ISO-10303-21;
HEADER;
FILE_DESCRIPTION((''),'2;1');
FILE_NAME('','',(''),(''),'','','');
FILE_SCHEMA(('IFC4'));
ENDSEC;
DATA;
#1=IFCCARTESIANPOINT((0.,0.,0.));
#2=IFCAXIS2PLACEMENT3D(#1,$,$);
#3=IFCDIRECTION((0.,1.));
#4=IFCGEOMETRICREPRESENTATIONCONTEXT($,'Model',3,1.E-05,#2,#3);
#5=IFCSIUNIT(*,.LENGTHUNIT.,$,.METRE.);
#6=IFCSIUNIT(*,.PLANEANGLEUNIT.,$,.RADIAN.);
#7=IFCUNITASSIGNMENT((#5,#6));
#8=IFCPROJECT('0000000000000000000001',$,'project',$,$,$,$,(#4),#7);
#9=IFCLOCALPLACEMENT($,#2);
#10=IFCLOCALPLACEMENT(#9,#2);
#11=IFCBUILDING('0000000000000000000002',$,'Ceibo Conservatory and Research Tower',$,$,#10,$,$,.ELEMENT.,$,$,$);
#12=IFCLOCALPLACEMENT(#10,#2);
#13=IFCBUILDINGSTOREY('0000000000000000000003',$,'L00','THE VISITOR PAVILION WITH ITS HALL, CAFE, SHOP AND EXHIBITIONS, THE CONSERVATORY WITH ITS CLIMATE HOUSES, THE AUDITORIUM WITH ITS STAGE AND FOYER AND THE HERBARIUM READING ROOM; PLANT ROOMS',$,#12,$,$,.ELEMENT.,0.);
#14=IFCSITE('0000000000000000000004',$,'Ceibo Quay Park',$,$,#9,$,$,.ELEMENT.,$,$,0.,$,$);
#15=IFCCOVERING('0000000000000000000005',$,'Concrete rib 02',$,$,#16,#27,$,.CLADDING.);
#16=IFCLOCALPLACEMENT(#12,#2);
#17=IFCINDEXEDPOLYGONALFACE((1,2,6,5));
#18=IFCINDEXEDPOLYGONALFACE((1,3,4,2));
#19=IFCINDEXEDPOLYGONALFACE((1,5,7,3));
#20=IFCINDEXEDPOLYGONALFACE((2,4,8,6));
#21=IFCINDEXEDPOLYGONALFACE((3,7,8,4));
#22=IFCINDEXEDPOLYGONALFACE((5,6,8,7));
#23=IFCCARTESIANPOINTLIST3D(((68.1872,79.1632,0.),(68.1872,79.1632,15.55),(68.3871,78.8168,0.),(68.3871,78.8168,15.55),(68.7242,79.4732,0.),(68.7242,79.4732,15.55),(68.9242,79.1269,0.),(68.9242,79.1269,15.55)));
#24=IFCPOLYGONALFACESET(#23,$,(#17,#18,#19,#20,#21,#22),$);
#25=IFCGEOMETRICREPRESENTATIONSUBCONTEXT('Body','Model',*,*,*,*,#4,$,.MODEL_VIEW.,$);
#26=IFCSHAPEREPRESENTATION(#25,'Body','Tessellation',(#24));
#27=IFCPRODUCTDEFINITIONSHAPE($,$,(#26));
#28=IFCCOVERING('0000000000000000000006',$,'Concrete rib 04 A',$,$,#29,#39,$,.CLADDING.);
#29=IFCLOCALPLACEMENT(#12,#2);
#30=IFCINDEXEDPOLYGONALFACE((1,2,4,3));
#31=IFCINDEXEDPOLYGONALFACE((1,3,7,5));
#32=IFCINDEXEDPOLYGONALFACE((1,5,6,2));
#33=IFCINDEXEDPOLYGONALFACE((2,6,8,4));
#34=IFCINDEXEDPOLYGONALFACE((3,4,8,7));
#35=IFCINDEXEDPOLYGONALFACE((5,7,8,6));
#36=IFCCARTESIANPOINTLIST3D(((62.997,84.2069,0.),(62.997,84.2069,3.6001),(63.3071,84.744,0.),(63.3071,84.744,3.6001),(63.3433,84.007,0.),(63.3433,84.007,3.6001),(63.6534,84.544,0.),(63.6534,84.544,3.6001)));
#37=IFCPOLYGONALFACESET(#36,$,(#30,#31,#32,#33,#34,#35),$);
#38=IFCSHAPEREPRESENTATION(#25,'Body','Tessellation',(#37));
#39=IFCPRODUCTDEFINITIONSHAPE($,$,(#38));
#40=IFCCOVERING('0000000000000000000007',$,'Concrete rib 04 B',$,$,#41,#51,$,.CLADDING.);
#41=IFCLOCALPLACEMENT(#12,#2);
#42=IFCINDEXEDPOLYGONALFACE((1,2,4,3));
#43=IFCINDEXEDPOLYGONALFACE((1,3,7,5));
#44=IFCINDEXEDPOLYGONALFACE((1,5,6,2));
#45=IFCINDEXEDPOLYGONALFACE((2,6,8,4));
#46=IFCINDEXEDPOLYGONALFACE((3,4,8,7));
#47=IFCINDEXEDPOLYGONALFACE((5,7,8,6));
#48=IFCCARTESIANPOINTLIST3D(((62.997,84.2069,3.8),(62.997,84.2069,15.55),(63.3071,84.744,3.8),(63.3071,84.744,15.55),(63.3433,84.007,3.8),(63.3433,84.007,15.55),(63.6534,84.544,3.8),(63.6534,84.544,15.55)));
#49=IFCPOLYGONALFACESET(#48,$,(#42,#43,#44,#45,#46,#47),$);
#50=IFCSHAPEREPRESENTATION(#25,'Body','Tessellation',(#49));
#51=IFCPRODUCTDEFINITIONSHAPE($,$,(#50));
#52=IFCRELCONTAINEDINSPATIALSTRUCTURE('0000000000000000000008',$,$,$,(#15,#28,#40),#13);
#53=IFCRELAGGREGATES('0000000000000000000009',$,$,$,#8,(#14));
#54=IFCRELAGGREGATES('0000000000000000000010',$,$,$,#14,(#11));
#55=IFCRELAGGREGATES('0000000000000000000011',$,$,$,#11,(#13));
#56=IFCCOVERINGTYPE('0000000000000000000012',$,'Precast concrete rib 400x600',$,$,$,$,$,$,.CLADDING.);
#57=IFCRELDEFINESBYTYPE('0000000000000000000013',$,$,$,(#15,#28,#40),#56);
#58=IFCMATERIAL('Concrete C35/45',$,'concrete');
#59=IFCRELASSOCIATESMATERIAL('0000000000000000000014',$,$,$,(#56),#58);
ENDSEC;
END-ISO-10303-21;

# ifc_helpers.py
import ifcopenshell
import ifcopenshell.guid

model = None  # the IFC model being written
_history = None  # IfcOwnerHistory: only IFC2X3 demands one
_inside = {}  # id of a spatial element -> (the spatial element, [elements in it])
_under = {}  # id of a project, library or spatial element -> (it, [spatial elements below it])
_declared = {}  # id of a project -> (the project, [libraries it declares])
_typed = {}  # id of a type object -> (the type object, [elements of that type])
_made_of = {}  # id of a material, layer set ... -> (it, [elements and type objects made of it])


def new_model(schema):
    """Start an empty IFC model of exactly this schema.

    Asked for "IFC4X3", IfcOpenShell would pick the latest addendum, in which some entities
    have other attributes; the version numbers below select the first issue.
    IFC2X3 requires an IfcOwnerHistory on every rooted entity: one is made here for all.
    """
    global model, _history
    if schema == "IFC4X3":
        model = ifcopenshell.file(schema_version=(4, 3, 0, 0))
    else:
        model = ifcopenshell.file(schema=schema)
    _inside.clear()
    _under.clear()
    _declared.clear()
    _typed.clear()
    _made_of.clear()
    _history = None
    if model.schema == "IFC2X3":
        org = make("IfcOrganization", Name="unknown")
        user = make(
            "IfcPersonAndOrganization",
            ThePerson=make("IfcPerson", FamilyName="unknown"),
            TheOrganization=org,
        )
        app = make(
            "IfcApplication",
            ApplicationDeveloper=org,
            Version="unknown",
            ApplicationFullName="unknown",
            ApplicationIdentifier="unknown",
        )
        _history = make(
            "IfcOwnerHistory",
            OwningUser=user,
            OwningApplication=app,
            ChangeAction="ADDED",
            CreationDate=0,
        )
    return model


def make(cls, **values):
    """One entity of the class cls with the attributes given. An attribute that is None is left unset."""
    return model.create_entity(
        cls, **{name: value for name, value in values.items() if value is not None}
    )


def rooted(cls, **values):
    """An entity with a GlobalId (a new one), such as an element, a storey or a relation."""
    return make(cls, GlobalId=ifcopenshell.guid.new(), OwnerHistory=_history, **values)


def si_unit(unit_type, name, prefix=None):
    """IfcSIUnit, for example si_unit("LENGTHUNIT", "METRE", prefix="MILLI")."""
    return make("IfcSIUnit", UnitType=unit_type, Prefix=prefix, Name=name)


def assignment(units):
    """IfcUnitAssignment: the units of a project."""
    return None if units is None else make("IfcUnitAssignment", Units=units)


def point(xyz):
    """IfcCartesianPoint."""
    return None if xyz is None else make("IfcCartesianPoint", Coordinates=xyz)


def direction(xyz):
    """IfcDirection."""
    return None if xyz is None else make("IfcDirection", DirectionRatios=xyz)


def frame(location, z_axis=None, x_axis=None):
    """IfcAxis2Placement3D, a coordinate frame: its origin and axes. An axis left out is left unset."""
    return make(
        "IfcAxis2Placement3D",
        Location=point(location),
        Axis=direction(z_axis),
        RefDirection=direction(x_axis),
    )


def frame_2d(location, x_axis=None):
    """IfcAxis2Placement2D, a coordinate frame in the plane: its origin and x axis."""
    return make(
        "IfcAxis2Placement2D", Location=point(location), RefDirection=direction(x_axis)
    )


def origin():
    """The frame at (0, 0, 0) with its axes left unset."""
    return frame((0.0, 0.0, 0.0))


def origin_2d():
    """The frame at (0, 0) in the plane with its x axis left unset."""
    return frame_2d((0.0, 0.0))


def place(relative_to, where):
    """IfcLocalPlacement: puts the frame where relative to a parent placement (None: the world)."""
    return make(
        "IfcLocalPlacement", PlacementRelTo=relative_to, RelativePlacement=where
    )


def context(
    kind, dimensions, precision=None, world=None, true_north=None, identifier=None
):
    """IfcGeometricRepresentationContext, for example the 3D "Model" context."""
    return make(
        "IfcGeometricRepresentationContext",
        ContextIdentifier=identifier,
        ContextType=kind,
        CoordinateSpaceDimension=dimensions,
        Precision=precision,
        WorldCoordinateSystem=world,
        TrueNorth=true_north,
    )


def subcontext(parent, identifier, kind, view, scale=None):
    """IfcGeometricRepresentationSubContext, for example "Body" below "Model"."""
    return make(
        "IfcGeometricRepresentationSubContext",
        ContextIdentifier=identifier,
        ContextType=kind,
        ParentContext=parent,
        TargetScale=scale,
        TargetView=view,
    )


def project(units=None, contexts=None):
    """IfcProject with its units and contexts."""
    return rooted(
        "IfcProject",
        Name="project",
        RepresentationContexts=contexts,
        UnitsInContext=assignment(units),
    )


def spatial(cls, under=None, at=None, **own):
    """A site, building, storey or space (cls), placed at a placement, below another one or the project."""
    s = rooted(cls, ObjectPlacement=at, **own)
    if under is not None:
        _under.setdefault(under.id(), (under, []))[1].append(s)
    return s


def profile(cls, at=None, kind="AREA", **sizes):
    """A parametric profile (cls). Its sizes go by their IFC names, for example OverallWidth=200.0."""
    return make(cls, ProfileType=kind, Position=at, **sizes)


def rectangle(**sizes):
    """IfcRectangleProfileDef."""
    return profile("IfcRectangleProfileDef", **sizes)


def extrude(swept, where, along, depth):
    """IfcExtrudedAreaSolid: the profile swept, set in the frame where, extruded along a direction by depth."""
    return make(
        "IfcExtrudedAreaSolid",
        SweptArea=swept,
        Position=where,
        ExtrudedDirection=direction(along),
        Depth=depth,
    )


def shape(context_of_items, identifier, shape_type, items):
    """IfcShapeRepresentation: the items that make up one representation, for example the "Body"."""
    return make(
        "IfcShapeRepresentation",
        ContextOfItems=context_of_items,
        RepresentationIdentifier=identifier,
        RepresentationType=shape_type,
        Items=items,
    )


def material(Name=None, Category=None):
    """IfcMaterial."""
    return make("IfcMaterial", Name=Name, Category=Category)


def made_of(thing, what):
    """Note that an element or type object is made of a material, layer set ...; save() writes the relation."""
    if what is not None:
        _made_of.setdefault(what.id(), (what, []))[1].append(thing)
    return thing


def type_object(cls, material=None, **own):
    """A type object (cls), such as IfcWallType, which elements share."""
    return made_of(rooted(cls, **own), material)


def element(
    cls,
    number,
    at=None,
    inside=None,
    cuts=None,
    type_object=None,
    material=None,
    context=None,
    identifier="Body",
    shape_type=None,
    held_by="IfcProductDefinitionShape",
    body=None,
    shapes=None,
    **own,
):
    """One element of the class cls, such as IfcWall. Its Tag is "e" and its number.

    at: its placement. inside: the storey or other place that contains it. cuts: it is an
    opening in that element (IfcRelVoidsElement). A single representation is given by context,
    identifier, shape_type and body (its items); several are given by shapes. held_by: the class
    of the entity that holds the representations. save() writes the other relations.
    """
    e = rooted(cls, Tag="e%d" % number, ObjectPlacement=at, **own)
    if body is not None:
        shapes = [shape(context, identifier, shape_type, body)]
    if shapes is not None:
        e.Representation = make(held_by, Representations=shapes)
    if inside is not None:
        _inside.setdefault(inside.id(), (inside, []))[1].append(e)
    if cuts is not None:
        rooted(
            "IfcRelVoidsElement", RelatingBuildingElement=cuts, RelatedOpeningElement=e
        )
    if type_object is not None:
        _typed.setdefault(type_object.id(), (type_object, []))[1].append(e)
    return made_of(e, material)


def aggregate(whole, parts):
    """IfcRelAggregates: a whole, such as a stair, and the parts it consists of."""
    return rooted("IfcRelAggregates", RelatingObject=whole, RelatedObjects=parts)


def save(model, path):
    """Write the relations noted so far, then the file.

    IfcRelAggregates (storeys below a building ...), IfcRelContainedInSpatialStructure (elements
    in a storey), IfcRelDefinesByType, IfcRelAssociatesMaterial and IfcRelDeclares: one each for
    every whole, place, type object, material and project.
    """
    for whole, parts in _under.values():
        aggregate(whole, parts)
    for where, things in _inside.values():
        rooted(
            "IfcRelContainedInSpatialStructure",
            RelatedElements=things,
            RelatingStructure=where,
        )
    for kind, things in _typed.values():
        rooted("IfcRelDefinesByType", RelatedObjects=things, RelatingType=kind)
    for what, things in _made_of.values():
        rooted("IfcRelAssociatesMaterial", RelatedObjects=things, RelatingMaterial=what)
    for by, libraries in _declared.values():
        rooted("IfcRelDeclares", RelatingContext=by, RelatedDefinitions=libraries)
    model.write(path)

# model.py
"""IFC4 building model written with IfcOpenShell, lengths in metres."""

from ifc_helpers import new_model, si_unit, direction, frame, origin, origin_2d, place, context, subcontext, project, spatial, rectangle, extrude, material, type_object, element, save


model = new_model("IFC4")

# Units and contexts
model_context = context("Model", 3, precision=1e-05, world=origin(), true_north=direction((0.0, 1.0)))
body_context = subcontext(model_context, "Body", "Model", "MODEL_VIEW")
ifc_project = project(units=[si_unit("LENGTHUNIT", "METRE"), si_unit("PLANEANGLEUNIT", "RADIAN")], contexts=[model_context])

# Site, building, storey
site_placement = place(None, origin())
site = spatial("IfcSite", under=ifc_project, at=site_placement, Name="Ceibo Quay Park", CompositionType="ELEMENT", RefElevation=0.0)
building_placement = place(site_placement, origin())
building = spatial("IfcBuilding", under=site, at=building_placement, Name="Ceibo Conservatory and Research Tower", CompositionType="ELEMENT")
storey_placement = place(building_placement, origin())
storey = spatial("IfcBuildingStorey", under=building, at=storey_placement, Name="L00", Description="THE VISITOR PAVILION WITH ITS HALL, CAFE, SHOP AND EXHIBITIONS, THE CONSERVATORY WITH ITS CLIMATE HOUSES, THE AUDITORIUM WITH ITS STAGE AND FOYER AND THE HERBARIUM READING ROOM; PLANT ROOMS", CompositionType="ELEMENT", Elevation=0.0)

# Shared definitions
ifc_material_1 = material(Name="Concrete C35/45", Category="concrete")

# Coverings
covering_type = type_object("IfcCoveringType", Name="Precast concrete rib 400x600", PredefinedType="CLADDING", material=ifc_material_1)
for number, where, z_axis, x_axis, name in (
    (1, (68.5557, 79.145, 0.0), (0.0, 0.0, 1.0), (0.866025, 0.5, 0.0), "Concrete rib 02"),
):
    element("IfcCovering", number, at=place(storey_placement, frame(where, z_axis=z_axis, x_axis=x_axis)), inside=storey, type_object=covering_type, Name=name, PredefinedType="CLADDING", context=body_context, shape_type="SweptSolid", body=[
        extrude(rectangle(XDim=0.6201, YDim=0.3999, at=origin_2d()), origin(), (0.0, 0.0, 1.0), 15.55),
    ])
covering_1_placement = place(storey_placement, frame((63.3252, 84.3755, 0.0), z_axis=(0.0, 0.0, 1.0), x_axis=(0.5, 0.866025, 0.0)))
element("IfcCovering", 2, at=covering_1_placement, inside=storey, type_object=covering_type, Name="Concrete rib 04 A", PredefinedType="CLADDING", context=body_context, shape_type="SweptSolid", body=[
    extrude(rectangle(XDim=0.6201, YDim=0.3999, at=origin_2d()), origin(), (0.0, 0.0, 1.0), 3.6001),
])
covering_2_placement = place(storey_placement, frame((63.3252, 84.3755, 3.8), z_axis=(0.0, 0.0, 1.0), x_axis=(0.5, 0.866025, 0.0)))
element("IfcCovering", 3, at=covering_2_placement, inside=storey, type_object=covering_type, Name="Concrete rib 04 B", PredefinedType="CLADDING", context=body_context, shape_type="SweptSolid", body=[
    extrude(rectangle(XDim=0.6201, YDim=0.3999, at=origin_2d()), origin(), (0.0, 0.0, 1.0), 11.75),
])

save(model, "model.ifc")
